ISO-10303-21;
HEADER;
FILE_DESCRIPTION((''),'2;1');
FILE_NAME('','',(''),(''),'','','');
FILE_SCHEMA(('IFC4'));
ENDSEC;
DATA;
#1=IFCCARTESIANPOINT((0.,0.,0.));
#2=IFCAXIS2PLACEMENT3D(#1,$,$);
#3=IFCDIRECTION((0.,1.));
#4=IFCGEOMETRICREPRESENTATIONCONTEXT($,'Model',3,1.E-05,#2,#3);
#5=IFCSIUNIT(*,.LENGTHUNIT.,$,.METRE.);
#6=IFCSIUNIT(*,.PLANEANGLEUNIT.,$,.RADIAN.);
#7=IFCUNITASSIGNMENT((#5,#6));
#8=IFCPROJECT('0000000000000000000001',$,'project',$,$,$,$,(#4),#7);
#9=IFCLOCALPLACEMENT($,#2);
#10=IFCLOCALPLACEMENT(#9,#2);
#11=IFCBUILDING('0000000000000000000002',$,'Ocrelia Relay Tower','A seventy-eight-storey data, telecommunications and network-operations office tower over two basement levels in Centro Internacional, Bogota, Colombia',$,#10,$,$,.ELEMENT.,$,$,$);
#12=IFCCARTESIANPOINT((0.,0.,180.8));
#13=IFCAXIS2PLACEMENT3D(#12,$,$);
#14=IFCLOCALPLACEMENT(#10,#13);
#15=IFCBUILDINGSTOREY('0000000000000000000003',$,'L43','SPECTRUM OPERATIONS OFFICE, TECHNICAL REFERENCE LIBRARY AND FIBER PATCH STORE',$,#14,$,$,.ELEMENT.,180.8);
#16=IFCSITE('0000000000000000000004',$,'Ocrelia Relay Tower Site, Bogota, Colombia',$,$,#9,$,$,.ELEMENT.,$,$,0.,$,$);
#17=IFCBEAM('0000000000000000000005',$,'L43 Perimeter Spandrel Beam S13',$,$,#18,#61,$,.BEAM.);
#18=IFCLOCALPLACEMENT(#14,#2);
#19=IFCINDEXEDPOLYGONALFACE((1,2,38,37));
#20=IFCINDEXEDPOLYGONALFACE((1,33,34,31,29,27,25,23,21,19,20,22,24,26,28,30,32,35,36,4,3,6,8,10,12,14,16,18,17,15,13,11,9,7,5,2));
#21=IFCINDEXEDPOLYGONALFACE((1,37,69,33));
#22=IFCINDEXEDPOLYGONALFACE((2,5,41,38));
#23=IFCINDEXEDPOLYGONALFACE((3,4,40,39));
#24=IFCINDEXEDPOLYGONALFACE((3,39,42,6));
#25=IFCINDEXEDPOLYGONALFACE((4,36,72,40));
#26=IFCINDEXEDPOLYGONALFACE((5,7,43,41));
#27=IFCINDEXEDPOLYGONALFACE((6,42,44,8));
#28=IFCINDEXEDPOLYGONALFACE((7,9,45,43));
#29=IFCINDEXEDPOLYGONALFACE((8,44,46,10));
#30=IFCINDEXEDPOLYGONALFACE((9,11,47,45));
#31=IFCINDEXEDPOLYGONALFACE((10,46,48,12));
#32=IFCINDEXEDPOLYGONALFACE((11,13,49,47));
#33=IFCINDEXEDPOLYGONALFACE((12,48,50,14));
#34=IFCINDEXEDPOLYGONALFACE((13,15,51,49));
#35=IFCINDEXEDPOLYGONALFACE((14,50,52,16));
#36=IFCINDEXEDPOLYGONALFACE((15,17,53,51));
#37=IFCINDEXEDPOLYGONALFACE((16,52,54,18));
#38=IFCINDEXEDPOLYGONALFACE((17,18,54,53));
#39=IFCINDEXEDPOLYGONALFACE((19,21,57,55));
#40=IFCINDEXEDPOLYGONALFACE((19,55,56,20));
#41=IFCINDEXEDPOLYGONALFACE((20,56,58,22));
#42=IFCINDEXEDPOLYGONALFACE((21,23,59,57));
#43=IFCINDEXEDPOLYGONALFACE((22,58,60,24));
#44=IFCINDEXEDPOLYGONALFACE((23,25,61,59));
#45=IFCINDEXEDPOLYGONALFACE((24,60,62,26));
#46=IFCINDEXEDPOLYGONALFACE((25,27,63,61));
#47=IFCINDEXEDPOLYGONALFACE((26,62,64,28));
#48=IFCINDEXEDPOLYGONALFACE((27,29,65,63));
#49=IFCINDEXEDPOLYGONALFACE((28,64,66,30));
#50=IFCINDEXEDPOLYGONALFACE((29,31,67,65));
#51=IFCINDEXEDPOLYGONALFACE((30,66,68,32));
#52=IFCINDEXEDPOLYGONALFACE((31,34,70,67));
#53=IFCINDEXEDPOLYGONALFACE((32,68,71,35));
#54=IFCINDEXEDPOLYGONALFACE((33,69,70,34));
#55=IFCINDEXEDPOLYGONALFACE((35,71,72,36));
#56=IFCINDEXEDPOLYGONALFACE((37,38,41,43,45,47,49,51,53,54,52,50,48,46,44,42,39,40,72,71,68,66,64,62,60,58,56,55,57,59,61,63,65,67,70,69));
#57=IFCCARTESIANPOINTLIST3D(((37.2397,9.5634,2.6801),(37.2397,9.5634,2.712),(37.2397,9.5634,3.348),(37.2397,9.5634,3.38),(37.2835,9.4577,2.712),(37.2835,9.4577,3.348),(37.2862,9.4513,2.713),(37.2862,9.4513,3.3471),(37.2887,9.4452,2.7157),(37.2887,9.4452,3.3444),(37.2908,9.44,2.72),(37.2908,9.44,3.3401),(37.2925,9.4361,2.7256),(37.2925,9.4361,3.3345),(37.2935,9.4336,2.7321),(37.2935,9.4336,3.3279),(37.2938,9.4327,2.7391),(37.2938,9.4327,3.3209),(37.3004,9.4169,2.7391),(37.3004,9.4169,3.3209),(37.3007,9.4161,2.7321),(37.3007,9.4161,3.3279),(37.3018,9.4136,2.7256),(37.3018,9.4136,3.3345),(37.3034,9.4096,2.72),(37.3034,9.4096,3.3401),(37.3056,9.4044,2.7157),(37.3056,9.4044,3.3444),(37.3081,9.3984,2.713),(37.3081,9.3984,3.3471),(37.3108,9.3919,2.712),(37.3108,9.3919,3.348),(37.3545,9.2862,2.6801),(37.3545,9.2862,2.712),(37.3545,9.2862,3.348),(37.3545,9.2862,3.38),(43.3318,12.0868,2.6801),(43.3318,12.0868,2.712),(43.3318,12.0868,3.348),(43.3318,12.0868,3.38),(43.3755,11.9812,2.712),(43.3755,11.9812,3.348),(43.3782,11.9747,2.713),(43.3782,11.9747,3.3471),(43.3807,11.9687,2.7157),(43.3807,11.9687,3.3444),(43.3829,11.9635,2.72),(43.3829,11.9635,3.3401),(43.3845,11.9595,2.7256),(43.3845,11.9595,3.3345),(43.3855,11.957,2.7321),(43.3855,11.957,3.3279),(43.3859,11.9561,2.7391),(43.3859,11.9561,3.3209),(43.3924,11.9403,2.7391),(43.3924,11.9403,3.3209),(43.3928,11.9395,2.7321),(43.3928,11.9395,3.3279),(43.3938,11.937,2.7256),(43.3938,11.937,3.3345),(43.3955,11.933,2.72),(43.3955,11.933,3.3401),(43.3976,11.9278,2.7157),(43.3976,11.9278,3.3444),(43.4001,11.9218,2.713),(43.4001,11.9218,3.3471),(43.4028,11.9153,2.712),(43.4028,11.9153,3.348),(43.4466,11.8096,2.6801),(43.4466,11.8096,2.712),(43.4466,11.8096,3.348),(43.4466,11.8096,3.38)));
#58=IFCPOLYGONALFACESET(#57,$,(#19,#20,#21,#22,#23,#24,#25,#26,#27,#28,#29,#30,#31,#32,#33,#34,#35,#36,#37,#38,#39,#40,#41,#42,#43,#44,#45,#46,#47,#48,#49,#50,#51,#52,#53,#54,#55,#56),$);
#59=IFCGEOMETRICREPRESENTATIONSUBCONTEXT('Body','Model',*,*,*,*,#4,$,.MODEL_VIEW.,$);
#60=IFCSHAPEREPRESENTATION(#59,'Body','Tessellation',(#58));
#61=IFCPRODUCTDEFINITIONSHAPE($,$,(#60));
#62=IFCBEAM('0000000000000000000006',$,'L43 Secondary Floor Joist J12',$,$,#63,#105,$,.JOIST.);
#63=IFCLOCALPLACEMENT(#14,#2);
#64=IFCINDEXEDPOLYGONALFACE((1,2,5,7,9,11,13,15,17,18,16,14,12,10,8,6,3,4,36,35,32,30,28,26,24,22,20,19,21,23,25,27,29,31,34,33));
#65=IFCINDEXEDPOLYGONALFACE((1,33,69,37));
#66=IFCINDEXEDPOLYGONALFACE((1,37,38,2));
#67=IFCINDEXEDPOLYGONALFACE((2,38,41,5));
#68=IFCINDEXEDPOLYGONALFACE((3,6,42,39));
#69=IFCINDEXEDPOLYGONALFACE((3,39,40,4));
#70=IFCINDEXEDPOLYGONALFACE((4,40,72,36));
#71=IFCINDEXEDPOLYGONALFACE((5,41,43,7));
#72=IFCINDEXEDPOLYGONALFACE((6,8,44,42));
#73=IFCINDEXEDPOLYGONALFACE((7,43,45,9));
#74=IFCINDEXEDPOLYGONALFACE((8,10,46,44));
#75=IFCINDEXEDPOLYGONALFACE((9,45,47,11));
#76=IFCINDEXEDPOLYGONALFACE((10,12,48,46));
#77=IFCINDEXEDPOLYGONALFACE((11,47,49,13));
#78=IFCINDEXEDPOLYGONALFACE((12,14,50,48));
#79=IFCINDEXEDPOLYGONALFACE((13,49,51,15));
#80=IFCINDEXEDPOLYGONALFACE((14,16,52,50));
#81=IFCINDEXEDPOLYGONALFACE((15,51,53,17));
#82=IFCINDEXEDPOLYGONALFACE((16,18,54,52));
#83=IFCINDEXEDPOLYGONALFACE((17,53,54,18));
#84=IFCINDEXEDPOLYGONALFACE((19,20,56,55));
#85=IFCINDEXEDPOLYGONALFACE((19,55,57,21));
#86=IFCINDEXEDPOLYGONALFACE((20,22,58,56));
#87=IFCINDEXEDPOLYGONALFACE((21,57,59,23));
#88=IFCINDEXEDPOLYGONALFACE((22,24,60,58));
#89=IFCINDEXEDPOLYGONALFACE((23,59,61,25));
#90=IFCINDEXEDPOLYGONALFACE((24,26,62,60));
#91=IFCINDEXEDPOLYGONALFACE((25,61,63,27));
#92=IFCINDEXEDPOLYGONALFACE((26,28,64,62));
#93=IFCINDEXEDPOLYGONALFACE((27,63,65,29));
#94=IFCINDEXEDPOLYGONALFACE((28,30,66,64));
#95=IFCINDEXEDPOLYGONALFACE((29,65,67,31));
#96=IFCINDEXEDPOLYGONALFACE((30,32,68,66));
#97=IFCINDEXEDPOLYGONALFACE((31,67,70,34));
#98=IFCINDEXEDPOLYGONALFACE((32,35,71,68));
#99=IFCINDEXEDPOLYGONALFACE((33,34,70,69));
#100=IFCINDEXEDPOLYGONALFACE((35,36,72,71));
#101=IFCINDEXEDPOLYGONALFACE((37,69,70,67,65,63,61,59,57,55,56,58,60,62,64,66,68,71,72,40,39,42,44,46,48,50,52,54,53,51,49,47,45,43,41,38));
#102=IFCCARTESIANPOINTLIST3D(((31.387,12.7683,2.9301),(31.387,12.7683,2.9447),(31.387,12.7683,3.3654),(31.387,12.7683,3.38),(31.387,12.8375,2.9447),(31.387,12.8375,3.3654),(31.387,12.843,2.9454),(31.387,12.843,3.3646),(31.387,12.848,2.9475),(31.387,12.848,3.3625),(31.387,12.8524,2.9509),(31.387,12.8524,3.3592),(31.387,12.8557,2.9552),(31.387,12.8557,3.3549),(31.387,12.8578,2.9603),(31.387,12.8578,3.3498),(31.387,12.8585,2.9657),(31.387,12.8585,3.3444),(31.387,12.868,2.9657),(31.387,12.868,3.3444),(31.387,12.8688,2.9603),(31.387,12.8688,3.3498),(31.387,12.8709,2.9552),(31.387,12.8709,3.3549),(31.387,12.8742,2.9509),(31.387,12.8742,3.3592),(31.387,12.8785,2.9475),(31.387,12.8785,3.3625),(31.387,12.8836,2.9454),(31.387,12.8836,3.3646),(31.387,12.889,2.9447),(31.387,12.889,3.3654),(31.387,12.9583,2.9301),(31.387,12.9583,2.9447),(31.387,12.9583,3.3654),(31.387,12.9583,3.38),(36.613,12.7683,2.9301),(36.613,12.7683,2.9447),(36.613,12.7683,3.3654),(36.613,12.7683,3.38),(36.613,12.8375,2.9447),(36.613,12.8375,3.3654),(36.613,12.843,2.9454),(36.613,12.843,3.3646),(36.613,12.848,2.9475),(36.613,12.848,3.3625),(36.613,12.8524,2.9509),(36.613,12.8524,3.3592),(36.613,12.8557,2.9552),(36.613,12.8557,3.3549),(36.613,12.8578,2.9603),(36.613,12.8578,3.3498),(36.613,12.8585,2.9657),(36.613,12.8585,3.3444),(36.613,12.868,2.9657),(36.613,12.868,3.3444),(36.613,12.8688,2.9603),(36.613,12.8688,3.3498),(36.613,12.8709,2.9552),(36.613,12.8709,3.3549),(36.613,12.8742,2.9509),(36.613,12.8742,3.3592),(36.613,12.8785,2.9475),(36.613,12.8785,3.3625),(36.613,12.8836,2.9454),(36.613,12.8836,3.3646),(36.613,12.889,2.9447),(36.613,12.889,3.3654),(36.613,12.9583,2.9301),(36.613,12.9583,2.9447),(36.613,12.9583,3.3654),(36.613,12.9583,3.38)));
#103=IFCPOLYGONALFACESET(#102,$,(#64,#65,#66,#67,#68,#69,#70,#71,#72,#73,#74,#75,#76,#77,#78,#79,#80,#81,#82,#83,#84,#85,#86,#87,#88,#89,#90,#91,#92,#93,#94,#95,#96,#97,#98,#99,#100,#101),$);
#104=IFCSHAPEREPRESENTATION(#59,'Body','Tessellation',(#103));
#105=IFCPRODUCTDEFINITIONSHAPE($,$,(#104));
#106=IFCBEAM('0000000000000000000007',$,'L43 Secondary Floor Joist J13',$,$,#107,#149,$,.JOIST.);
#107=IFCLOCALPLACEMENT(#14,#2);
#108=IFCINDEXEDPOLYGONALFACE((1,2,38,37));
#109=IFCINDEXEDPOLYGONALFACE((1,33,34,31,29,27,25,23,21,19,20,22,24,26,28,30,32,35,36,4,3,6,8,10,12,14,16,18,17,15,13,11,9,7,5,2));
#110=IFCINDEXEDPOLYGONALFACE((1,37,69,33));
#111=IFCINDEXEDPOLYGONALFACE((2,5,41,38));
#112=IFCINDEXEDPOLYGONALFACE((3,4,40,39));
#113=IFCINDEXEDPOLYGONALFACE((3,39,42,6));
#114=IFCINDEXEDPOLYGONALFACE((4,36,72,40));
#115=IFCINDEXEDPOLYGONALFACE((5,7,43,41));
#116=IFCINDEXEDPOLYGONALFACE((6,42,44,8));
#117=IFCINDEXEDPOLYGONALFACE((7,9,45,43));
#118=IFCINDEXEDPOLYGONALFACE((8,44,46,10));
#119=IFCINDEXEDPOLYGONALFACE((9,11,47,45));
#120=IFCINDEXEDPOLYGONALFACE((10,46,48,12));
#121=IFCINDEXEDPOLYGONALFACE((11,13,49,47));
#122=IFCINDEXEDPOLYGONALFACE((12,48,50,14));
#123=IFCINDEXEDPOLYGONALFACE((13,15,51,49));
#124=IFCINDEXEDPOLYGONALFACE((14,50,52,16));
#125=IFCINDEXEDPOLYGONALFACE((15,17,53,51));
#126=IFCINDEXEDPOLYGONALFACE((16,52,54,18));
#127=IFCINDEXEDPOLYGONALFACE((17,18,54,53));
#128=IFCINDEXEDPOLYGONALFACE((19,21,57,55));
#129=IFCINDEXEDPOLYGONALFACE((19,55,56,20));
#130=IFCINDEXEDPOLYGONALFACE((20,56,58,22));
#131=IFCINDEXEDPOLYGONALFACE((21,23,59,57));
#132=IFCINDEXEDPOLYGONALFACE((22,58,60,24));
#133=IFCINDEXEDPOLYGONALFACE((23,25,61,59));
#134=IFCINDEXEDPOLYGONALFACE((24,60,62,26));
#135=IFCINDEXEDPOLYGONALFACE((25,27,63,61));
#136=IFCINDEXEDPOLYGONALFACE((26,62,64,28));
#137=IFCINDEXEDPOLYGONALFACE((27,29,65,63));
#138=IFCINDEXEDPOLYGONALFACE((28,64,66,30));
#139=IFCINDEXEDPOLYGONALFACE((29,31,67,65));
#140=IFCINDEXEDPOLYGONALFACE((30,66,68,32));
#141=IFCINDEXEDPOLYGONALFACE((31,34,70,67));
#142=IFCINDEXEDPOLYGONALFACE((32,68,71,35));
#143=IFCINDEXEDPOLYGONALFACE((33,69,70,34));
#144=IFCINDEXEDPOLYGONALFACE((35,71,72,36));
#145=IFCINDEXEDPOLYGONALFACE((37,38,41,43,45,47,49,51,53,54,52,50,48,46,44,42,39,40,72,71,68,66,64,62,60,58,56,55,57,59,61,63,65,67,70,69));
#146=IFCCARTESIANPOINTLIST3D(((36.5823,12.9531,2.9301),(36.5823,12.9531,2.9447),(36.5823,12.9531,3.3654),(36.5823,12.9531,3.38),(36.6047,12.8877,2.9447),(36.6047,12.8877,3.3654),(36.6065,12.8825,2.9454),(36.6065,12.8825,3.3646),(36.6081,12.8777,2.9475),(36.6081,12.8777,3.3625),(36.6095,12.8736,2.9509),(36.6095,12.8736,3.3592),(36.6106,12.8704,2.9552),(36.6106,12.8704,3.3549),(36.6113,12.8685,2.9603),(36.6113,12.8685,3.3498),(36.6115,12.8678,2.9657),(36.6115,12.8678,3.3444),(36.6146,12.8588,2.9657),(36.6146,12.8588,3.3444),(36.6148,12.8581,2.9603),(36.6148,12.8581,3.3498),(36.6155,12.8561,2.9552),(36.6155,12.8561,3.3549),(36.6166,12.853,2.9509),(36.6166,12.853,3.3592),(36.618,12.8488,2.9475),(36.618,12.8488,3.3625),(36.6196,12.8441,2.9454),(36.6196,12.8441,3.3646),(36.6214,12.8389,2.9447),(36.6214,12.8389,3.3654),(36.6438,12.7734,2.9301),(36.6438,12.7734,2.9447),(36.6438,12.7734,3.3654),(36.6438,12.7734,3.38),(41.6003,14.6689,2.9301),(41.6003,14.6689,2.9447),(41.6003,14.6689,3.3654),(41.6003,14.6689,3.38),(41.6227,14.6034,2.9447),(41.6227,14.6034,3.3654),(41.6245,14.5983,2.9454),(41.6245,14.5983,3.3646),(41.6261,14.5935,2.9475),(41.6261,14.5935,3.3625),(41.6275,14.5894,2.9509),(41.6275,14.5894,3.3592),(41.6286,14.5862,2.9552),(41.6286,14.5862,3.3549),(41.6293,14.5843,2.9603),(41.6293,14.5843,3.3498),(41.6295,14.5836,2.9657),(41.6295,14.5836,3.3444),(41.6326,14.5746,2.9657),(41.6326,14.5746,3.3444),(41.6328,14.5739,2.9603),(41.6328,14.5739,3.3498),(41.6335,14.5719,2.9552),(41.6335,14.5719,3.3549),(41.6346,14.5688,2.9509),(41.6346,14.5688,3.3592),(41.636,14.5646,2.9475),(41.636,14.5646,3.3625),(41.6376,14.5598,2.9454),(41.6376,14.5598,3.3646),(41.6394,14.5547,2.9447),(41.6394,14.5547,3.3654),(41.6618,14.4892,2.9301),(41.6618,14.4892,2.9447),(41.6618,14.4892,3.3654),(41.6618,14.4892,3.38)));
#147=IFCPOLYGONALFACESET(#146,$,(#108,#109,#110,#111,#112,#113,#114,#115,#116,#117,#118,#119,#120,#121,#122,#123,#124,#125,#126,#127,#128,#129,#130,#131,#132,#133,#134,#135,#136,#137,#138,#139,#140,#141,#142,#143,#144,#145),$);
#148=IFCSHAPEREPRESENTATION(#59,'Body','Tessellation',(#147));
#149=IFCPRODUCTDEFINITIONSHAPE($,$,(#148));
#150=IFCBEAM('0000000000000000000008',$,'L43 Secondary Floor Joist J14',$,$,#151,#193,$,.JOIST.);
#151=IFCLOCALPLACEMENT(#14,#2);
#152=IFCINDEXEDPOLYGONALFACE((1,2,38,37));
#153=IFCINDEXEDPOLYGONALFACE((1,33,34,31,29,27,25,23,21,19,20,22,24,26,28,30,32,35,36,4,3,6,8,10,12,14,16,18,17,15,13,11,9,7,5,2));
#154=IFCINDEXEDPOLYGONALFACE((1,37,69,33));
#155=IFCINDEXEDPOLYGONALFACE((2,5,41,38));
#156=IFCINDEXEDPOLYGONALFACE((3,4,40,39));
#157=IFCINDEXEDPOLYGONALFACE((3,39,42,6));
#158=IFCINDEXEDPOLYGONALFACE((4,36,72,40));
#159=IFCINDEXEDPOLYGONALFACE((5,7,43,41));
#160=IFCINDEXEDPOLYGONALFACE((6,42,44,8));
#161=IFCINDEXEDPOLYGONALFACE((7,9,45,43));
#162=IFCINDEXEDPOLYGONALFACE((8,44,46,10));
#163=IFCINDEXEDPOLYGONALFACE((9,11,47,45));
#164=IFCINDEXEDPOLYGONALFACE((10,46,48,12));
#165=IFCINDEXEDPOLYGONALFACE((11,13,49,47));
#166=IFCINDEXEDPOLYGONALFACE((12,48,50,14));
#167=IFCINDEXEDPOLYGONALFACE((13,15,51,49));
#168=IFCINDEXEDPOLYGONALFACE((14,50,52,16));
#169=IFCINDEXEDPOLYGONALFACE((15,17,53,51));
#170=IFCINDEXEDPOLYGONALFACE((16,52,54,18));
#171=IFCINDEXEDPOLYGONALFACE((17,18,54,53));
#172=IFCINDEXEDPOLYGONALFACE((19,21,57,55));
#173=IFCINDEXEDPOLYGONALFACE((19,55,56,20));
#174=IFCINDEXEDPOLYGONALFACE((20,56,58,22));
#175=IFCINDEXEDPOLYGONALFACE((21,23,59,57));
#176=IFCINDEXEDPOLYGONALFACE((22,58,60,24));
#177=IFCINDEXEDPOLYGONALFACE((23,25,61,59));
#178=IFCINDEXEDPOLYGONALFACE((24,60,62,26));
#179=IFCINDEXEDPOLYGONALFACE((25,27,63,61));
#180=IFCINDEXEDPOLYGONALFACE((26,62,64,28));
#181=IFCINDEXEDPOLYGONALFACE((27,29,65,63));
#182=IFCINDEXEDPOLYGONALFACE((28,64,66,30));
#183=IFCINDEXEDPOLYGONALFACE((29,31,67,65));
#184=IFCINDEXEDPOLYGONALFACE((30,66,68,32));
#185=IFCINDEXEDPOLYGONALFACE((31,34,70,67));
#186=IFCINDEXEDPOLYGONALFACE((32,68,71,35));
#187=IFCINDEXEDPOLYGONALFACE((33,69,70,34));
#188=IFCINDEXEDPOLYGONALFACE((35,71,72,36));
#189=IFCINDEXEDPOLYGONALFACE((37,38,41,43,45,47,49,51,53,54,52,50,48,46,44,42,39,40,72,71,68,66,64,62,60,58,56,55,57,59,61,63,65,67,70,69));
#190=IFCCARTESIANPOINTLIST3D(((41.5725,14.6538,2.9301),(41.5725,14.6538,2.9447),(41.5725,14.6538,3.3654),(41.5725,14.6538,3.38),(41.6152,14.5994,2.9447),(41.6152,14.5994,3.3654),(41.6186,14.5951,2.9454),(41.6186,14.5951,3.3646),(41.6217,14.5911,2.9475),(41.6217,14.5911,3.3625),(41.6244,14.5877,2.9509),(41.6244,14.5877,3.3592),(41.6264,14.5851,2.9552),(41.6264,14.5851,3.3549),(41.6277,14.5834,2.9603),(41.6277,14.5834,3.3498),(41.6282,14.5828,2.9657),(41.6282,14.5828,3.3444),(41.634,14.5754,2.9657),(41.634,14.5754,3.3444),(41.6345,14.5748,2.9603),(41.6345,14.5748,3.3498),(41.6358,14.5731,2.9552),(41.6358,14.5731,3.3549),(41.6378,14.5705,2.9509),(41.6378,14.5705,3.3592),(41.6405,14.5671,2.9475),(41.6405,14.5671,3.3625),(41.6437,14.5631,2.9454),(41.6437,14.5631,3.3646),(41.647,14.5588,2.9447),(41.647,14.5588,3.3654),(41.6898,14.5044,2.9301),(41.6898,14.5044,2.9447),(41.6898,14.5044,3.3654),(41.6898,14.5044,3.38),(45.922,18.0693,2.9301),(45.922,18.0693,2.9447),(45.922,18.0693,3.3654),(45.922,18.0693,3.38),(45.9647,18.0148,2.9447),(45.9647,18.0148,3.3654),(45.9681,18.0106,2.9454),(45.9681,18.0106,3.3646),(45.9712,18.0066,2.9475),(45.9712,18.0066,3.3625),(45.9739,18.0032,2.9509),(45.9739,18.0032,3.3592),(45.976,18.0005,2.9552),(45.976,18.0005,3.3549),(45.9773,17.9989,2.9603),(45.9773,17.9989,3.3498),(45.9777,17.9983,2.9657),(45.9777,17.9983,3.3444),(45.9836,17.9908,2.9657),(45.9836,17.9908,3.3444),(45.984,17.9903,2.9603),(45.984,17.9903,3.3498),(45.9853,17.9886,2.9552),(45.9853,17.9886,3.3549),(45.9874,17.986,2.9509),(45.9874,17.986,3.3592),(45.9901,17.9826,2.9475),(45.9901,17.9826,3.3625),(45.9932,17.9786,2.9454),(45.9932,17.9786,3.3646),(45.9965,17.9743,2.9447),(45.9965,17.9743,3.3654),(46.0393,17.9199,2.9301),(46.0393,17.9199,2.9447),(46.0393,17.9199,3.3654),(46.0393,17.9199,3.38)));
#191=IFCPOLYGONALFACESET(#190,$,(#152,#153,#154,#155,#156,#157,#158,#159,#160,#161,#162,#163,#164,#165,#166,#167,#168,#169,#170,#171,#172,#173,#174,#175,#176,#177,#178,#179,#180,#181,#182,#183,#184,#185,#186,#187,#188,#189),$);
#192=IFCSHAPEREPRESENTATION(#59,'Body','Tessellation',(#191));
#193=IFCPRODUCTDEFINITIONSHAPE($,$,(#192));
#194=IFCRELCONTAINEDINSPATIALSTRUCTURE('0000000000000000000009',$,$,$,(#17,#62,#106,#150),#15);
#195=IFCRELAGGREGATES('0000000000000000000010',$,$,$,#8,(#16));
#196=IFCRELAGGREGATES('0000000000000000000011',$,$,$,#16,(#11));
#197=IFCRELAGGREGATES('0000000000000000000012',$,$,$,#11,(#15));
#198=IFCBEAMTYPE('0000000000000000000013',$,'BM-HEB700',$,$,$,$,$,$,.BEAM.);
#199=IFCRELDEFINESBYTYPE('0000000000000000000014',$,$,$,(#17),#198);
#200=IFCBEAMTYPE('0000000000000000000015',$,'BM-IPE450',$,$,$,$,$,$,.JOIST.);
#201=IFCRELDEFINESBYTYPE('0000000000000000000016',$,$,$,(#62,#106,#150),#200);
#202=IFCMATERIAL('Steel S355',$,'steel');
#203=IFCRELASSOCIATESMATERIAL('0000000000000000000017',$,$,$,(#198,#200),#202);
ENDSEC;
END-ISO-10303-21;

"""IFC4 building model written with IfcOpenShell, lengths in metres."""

from ifc_helpers import new_model, si_unit, direction, frame, origin, origin_2d, place, context, subcontext, project, spatial, i_section, extrude, material, material_profile, profile_set, type_object, element, save


model = new_model("IFC4")

# Units and contexts
model_context = context("Model", 3, precision=1e-05, world=origin(), true_north=direction((0.0, 1.0)))
body_context = subcontext(model_context, "Body", "Model", "MODEL_VIEW")
ifc_project = project(units=[si_unit("LENGTHUNIT", "METRE"), si_unit("PLANEANGLEUNIT", "RADIAN")], contexts=[model_context])

# Site, building, storey
site_placement = place(None, origin())
site = spatial("IfcSite", under=ifc_project, at=site_placement, Name="Ocrelia Relay Tower Site, Bogota, Colombia", CompositionType="ELEMENT", RefElevation=0.0)
building_placement = place(site_placement, origin())
building = spatial("IfcBuilding", under=site, at=building_placement, Name="Ocrelia Relay Tower", Description="A seventy-eight-storey data, telecommunications and network-operations office tower over two basement levels in Centro Internacional, Bogota, Colombia", CompositionType="ELEMENT")
storey_placement = place(building_placement, frame((0.0, 0.0, 180.8)))
storey = spatial("IfcBuildingStorey", under=building, at=storey_placement, Name="L43", Description="SPECTRUM OPERATIONS OFFICE, TECHNICAL REFERENCE LIBRARY AND FIBER PATCH STORE", CompositionType="ELEMENT", Elevation=180.8)

# Beams
ifc_material_1 = material(Name="Steel S355", Category="steel")
ifc_material_profile_1 = material_profile(ifc_material_1, i_section(OverallWidth=0.3, OverallDepth=0.7, WebThickness=0.0171, FlangeThickness=0.032, FilletRadius=0.0271, at=origin_2d()), Name="HEB 700")
ifc_profile_set_1 = profile_set([ifc_material_profile_1], Name="Steel S355")
beam_type_1 = type_object("IfcBeamType", Name="BM-HEB700", PredefinedType="BEAM", material=ifc_profile_set_1)
beam_1_placement = place(storey_placement, frame((37.2971, 9.4248, 3.03), z_axis=(0.923878, 0.382688, 0.0), x_axis=(-0.382688, 0.923878, 0.0)))
element("IfcBeam", 1, at=beam_1_placement, inside=storey, type_object=beam_type_1, Name="L43 Perimeter Spandrel Beam S13", PredefinedType="BEAM", context=body_context, shape_type="SweptSolid", body=[
    extrude(i_section(OverallWidth=0.3, OverallDepth=0.7, WebThickness=0.0171, FlangeThickness=0.032, FilletRadius=0.0271, at=origin_2d()), origin(), (0.0, 0.0, 1.0), 6.594),
])
ifc_material_profile_2 = material_profile(ifc_material_1, i_section(OverallWidth=0.1899, OverallDepth=0.45, WebThickness=0.0095, FlangeThickness=0.0146, FilletRadius=0.021, at=origin_2d()), Name="IPE 450")
ifc_profile_set_2 = profile_set([ifc_material_profile_2], Name="Steel S355")
beam_type_2 = type_object("IfcBeamType", Name="BM-IPE450", PredefinedType="JOIST", material=ifc_profile_set_2)
beam_2_placement = place(storey_placement, frame((31.387, 12.8633, 3.155), z_axis=(1.0, 0.0, 0.0), x_axis=(0.0, 1.0, 0.0)))
element("IfcBeam", 2, at=beam_2_placement, inside=storey, type_object=beam_type_2, Name="L43 Secondary Floor Joist J12", PredefinedType="JOIST", context=body_context, shape_type="SweptSolid", body=[
    extrude(i_section(OverallWidth=0.1899, OverallDepth=0.45, WebThickness=0.0095, FlangeThickness=0.0146, FilletRadius=0.021, at=origin_2d()), origin(), (0.0, 0.0, 1.0), 5.2261),
])
beam_3_placement = place(storey_placement, frame((36.613, 12.8633, 3.155), z_axis=(0.946215, 0.323538, 0.0), x_axis=(-0.323538, 0.946215, 0.0)))
element("IfcBeam", 3, at=beam_3_placement, inside=storey, type_object=beam_type_2, Name="L43 Secondary Floor Joist J13", PredefinedType="JOIST", context=body_context, shape_type="SweptSolid", body=[
    extrude(i_section(OverallWidth=0.1899, OverallDepth=0.45, WebThickness=0.0095, FlangeThickness=0.0146, FilletRadius=0.021, at=origin_2d()), origin(), (0.0, 0.0, 1.0), 5.3032),
])
beam_4_placement = place(storey_placement, frame((41.6311, 14.5791, 3.155), z_axis=(0.786496, 0.617595, 0.0), x_axis=(-0.617595, 0.786496, 0.0)))
element("IfcBeam", 4, at=beam_4_placement, inside=storey, type_object=beam_type_2, Name="L43 Secondary Floor Joist J14", PredefinedType="JOIST", context=body_context, shape_type="SweptSolid", body=[
    extrude(i_section(OverallWidth=0.1899, OverallDepth=0.45, WebThickness=0.0095, FlangeThickness=0.0146, FilletRadius=0.021, at=origin_2d()), origin(), (0.0, 0.0, 1.0), 5.5303),
])

save(model, "model.ifc")
